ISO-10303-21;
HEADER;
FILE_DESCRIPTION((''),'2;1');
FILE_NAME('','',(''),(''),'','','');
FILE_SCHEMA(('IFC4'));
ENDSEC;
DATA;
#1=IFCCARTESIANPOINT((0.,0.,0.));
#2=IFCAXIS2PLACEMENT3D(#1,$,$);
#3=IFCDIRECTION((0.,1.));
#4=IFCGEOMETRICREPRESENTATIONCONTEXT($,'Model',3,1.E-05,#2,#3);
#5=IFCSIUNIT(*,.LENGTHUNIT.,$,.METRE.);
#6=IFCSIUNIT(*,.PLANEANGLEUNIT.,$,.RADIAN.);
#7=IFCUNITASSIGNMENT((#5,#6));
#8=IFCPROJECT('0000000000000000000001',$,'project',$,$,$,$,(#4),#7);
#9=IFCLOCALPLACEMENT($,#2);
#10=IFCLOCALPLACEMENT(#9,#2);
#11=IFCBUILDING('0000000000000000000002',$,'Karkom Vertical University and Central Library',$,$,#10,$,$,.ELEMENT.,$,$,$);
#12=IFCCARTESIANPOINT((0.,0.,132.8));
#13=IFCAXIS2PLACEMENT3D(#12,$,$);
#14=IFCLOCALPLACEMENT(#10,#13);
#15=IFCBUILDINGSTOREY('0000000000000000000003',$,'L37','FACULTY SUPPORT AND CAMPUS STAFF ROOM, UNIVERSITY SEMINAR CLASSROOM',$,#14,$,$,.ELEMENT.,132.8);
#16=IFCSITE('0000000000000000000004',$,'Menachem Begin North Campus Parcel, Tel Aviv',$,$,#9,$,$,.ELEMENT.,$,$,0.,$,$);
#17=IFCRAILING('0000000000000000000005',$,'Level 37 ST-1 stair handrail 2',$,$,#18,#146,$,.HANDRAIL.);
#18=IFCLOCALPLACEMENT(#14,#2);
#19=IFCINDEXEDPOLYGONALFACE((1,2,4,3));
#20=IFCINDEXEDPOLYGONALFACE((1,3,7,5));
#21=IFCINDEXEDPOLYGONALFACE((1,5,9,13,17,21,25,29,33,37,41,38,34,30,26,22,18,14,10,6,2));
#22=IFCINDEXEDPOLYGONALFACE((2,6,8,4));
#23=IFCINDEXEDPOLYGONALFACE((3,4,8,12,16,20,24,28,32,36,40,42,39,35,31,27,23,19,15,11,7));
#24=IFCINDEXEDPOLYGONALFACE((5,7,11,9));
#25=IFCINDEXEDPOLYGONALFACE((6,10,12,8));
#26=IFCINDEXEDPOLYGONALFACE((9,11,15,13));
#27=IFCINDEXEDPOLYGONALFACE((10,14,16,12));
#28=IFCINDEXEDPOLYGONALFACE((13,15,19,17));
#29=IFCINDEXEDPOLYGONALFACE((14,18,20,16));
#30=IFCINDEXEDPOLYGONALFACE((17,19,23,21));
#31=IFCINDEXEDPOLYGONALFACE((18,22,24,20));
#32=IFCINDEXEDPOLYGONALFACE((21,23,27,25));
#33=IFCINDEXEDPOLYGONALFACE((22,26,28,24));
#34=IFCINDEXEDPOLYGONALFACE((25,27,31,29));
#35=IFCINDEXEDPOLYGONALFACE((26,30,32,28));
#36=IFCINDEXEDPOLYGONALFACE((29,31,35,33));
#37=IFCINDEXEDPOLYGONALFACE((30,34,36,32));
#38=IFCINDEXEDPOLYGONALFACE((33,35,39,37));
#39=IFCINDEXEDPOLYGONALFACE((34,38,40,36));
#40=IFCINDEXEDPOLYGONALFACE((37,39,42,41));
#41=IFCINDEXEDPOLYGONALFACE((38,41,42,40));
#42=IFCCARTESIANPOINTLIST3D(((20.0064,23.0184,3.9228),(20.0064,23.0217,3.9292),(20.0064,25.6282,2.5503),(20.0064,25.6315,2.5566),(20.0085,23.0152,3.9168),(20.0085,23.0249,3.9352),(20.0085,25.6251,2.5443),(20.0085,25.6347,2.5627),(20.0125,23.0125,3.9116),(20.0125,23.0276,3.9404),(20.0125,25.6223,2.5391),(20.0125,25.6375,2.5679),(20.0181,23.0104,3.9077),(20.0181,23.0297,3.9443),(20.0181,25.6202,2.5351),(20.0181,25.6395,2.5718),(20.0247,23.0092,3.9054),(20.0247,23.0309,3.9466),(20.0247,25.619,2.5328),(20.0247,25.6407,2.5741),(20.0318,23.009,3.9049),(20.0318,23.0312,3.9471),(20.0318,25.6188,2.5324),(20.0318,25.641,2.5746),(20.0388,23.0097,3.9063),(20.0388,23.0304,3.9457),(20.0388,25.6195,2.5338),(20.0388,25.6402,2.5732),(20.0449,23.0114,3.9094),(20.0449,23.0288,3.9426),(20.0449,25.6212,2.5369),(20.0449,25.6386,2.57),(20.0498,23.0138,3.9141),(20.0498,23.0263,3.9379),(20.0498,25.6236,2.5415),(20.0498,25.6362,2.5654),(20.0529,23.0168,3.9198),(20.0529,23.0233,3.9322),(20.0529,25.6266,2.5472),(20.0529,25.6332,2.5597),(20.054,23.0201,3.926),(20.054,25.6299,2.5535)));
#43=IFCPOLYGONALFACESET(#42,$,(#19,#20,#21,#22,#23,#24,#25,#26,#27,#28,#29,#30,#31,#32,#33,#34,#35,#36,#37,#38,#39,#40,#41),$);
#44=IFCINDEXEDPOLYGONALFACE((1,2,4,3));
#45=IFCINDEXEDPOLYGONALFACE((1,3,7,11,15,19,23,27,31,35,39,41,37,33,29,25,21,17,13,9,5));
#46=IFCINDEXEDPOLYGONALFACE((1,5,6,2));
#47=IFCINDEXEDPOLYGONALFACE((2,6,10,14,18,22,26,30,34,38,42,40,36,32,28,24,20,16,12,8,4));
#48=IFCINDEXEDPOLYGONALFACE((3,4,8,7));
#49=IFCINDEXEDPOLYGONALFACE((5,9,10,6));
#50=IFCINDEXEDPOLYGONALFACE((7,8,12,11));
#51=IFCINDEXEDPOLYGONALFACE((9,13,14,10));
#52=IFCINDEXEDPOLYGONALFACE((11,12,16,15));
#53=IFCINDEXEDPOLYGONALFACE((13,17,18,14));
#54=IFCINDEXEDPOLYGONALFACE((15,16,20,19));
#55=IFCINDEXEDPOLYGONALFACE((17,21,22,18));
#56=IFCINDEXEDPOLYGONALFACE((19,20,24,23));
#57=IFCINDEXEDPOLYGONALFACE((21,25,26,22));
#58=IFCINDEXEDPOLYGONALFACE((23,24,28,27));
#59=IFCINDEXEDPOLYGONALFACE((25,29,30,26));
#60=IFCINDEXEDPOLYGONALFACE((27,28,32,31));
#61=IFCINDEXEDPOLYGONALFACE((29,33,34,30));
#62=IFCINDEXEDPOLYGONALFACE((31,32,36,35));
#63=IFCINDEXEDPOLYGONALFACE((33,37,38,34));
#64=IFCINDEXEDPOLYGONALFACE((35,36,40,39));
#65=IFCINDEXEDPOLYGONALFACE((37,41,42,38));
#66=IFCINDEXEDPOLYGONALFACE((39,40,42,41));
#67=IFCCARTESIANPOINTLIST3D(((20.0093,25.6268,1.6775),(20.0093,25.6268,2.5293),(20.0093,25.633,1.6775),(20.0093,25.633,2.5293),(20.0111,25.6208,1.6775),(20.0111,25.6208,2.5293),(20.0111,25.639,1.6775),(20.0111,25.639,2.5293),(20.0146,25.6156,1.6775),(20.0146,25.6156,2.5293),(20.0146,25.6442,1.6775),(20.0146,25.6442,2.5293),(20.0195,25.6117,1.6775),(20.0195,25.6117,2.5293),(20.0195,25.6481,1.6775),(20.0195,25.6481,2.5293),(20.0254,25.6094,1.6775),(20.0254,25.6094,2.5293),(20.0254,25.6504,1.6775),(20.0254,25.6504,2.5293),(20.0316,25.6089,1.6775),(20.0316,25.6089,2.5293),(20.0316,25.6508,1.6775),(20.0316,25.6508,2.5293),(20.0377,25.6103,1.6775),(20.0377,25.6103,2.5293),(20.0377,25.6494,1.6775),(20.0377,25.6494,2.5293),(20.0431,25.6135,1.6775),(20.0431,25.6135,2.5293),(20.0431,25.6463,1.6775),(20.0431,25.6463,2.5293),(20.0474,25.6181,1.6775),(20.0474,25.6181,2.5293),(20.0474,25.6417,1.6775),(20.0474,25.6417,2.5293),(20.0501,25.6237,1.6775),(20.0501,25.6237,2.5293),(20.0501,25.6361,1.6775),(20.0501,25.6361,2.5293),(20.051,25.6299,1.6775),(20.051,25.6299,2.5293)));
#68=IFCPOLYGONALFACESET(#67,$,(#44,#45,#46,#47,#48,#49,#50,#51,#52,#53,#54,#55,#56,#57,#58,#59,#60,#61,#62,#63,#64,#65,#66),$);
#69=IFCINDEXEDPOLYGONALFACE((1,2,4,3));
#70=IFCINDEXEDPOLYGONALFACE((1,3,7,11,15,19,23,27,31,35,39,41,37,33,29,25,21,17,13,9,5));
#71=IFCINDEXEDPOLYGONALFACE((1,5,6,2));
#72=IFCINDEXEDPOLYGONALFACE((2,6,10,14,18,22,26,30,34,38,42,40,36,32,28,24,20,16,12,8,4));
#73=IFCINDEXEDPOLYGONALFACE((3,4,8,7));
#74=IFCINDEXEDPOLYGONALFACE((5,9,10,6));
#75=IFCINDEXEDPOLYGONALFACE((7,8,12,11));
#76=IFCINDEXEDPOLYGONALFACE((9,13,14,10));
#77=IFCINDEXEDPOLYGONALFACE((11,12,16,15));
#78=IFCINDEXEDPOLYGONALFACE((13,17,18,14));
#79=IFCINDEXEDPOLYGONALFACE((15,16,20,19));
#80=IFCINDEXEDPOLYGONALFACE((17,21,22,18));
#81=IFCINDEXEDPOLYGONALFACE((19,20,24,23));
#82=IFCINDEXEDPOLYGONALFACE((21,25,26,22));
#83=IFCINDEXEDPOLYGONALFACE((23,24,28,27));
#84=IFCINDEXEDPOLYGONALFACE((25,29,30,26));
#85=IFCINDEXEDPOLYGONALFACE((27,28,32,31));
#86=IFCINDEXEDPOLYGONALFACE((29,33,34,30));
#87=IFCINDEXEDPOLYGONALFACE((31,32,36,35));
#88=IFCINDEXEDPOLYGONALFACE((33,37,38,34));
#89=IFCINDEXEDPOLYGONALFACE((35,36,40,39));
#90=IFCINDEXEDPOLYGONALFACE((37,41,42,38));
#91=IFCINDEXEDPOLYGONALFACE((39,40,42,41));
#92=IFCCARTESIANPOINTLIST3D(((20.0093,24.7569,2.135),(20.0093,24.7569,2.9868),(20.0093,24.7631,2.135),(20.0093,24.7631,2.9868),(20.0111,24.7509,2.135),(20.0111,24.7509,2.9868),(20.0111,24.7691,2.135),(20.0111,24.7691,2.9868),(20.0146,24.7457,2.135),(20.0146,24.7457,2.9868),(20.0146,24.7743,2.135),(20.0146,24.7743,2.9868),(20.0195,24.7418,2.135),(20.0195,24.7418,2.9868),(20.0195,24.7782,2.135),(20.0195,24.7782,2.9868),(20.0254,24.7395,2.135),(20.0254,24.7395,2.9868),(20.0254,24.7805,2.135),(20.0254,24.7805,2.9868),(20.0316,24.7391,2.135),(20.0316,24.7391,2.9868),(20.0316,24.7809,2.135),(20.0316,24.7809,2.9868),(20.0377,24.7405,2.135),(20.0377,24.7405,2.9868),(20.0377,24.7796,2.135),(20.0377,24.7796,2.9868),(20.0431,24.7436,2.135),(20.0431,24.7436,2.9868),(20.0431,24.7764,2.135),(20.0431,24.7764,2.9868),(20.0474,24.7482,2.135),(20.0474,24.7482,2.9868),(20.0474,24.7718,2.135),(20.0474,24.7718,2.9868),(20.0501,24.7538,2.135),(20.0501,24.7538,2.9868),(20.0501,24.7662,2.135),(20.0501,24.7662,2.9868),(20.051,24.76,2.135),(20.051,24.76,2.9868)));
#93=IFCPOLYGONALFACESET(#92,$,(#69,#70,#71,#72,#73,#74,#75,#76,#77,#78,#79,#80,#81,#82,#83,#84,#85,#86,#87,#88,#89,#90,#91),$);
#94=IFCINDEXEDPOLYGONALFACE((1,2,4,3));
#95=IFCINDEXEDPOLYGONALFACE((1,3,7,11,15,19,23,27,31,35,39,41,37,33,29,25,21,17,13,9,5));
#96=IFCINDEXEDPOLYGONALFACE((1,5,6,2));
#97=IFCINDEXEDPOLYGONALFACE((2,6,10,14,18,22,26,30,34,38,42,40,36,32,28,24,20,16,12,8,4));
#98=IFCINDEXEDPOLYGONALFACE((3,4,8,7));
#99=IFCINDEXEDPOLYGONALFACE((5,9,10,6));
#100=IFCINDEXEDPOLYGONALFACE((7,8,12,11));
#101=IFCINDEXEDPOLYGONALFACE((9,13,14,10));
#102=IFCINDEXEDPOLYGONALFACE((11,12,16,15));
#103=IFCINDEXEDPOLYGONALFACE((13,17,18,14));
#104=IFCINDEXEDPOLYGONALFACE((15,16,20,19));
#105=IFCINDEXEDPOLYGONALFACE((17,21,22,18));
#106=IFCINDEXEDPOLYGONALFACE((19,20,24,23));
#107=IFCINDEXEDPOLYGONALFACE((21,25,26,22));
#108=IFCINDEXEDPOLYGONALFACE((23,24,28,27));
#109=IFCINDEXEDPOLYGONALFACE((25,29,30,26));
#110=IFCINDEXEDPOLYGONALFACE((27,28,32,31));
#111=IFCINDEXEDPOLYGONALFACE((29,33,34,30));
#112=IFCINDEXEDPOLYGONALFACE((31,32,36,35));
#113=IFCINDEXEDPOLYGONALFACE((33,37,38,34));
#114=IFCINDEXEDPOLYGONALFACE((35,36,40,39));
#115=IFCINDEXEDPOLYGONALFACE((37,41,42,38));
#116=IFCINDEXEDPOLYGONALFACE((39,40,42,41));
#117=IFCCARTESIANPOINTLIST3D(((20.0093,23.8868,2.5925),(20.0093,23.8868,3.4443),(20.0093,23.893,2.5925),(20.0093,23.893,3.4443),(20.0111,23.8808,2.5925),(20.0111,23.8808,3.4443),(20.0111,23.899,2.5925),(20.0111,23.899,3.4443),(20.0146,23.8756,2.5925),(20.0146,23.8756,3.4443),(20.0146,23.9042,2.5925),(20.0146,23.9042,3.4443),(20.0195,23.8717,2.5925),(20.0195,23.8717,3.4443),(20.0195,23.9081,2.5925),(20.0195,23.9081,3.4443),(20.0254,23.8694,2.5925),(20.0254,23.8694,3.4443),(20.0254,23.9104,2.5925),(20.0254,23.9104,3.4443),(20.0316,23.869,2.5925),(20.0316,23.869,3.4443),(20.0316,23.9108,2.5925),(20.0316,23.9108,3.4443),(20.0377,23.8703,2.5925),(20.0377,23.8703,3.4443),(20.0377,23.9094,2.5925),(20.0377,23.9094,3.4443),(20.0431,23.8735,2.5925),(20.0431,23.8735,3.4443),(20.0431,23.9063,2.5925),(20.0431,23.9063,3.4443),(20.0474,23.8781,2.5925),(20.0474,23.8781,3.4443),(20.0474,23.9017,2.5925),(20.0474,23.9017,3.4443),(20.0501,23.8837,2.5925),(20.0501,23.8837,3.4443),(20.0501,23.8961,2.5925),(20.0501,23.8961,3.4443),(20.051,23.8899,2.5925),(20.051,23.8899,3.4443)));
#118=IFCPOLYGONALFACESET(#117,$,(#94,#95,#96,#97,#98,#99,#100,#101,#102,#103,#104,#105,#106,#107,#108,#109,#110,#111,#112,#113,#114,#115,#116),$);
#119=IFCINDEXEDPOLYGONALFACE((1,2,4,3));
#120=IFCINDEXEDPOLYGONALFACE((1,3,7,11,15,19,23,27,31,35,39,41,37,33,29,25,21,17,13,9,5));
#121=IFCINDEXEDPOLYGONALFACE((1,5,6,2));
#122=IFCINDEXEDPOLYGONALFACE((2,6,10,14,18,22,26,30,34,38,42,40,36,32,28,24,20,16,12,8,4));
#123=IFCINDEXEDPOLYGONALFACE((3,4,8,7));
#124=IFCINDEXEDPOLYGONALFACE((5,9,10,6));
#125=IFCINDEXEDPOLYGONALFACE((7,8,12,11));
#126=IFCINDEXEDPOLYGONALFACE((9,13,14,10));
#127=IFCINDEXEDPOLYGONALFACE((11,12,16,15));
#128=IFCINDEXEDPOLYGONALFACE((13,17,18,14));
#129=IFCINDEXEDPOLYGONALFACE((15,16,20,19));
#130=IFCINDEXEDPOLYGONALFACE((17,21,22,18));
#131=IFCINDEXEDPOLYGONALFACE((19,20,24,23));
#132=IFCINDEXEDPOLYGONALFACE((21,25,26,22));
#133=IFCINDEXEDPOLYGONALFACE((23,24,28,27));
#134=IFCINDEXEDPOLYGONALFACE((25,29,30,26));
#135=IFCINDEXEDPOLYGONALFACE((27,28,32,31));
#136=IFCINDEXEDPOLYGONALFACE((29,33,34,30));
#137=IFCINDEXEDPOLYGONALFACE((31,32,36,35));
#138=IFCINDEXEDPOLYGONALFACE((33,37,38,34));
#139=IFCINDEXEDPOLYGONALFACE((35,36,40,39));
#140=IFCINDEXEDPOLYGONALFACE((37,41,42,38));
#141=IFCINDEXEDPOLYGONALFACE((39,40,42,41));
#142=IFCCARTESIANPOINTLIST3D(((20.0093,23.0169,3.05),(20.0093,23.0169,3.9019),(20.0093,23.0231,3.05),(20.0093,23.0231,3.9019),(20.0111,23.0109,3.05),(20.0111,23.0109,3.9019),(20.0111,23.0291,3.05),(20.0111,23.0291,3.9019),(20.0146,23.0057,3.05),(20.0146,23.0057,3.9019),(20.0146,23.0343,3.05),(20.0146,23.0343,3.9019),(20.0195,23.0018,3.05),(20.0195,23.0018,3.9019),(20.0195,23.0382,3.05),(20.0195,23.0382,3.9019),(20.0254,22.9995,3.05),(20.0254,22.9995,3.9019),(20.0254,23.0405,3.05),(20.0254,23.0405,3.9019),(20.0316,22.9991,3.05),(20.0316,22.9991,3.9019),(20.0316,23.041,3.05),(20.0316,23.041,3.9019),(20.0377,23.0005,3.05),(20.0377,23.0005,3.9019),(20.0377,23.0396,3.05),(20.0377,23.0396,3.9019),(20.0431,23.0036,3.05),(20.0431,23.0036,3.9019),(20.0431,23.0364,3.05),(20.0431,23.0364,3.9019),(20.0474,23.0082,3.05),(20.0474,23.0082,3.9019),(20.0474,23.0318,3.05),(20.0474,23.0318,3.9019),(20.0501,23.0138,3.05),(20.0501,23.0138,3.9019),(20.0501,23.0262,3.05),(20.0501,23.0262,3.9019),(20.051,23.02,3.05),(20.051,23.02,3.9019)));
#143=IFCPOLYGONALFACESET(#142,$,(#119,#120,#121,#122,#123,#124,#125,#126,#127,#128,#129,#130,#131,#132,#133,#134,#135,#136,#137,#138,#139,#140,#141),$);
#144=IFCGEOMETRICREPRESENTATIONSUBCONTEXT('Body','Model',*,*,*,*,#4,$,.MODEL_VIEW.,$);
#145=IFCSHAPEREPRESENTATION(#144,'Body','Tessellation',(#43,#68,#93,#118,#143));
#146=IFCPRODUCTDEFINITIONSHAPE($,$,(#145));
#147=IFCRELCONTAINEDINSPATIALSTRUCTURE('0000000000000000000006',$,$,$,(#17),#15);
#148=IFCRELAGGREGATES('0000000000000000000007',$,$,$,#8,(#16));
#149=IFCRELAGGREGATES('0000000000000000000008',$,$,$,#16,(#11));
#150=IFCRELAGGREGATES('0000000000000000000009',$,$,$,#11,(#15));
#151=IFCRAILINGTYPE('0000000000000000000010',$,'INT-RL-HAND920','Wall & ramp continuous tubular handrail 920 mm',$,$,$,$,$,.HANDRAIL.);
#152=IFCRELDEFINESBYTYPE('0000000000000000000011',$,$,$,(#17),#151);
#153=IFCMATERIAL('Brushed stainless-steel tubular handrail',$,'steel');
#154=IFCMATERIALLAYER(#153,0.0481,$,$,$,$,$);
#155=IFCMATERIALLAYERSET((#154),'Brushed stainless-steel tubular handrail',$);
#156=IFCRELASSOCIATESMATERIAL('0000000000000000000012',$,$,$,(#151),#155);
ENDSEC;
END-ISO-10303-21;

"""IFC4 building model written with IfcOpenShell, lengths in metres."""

from ifc_helpers import new_model, si_unit, direction, frame, origin, origin_2d, place, context, subcontext, project, spatial, circle, extrude, material, layer, layer_set, type_object, element, save


model = new_model("IFC4")

# Units and contexts
model_context = context("Model", 3, precision=1e-05, world=origin(), true_north=direction((0.0, 1.0)))
body_context = subcontext(model_context, "Body", "Model", "MODEL_VIEW")
ifc_project = project(units=[si_unit("LENGTHUNIT", "METRE"), si_unit("PLANEANGLEUNIT", "RADIAN")], contexts=[model_context])

# Site, building, storey
site_placement = place(None, origin())
site = spatial("IfcSite", under=ifc_project, at=site_placement, Name="Menachem Begin North Campus Parcel, Tel Aviv", CompositionType="ELEMENT", RefElevation=0.0)
building_placement = place(site_placement, origin())
building = spatial("IfcBuilding", under=site, at=building_placement, Name="Karkom Vertical University and Central Library", CompositionType="ELEMENT")
storey_placement = place(building_placement, frame((0.0, 0.0, 132.8)))
storey = spatial("IfcBuildingStorey", under=building, at=storey_placement, Name="L37", Description="FACULTY SUPPORT AND CAMPUS STAFF ROOM, UNIVERSITY SEMINAR CLASSROOM", CompositionType="ELEMENT", Elevation=132.8)

# Railing
ifc_material_1 = material(Name="Brushed stainless-steel tubular handrail", Category="steel")
ifc_layer_1 = layer(ifc_material_1, 0.0481)
ifc_layer_set_1 = layer_set([ifc_layer_1], Name="Brushed stainless-steel tubular handrail")
railing_type_1 = type_object("IfcRailingType", Name="INT-RL-HAND920", Description="Wall & ramp continuous tubular handrail 920 mm", PredefinedType="HANDRAIL", material=ifc_layer_set_1)
railing_1_placement = place(storey_placement, frame((20.03, 25.6299, 1.6775)))
element("IfcRailing", 1, at=railing_1_placement, inside=storey, type_object=railing_type_1, Name="Level 37 ST-1 stair handrail 2", PredefinedType="HANDRAIL", context=body_context, shape_type="SweptSolid", body=[
    extrude(circle(Radius=0.0239, at=origin_2d()), frame((0.0, 0.0, 0.876), z_axis=(0.0, -0.885065, 0.465467), x_axis=(1.0, 0.0, 0.0)), (0.0, 0.0, 1.0), 2.9487),
    extrude(circle(Radius=0.021, at=origin_2d()), origin(), (0.0, 0.0, 1.0), 0.8518),
    extrude(circle(Radius=0.021, at=origin_2d()), frame((0.0, -0.8699, 0.4575)), (0.0, 0.0, 1.0), 0.8518),
    extrude(circle(Radius=0.021, at=origin_2d()), frame((0.0, -1.74, 0.915)), (0.0, 0.0, 1.0), 0.8518),
    extrude(circle(Radius=0.021, at=origin_2d()), frame((0.0, -2.6099, 1.3726)), (0.0, 0.0, 1.0), 0.8518),
])

save(model, "model.ifc")
